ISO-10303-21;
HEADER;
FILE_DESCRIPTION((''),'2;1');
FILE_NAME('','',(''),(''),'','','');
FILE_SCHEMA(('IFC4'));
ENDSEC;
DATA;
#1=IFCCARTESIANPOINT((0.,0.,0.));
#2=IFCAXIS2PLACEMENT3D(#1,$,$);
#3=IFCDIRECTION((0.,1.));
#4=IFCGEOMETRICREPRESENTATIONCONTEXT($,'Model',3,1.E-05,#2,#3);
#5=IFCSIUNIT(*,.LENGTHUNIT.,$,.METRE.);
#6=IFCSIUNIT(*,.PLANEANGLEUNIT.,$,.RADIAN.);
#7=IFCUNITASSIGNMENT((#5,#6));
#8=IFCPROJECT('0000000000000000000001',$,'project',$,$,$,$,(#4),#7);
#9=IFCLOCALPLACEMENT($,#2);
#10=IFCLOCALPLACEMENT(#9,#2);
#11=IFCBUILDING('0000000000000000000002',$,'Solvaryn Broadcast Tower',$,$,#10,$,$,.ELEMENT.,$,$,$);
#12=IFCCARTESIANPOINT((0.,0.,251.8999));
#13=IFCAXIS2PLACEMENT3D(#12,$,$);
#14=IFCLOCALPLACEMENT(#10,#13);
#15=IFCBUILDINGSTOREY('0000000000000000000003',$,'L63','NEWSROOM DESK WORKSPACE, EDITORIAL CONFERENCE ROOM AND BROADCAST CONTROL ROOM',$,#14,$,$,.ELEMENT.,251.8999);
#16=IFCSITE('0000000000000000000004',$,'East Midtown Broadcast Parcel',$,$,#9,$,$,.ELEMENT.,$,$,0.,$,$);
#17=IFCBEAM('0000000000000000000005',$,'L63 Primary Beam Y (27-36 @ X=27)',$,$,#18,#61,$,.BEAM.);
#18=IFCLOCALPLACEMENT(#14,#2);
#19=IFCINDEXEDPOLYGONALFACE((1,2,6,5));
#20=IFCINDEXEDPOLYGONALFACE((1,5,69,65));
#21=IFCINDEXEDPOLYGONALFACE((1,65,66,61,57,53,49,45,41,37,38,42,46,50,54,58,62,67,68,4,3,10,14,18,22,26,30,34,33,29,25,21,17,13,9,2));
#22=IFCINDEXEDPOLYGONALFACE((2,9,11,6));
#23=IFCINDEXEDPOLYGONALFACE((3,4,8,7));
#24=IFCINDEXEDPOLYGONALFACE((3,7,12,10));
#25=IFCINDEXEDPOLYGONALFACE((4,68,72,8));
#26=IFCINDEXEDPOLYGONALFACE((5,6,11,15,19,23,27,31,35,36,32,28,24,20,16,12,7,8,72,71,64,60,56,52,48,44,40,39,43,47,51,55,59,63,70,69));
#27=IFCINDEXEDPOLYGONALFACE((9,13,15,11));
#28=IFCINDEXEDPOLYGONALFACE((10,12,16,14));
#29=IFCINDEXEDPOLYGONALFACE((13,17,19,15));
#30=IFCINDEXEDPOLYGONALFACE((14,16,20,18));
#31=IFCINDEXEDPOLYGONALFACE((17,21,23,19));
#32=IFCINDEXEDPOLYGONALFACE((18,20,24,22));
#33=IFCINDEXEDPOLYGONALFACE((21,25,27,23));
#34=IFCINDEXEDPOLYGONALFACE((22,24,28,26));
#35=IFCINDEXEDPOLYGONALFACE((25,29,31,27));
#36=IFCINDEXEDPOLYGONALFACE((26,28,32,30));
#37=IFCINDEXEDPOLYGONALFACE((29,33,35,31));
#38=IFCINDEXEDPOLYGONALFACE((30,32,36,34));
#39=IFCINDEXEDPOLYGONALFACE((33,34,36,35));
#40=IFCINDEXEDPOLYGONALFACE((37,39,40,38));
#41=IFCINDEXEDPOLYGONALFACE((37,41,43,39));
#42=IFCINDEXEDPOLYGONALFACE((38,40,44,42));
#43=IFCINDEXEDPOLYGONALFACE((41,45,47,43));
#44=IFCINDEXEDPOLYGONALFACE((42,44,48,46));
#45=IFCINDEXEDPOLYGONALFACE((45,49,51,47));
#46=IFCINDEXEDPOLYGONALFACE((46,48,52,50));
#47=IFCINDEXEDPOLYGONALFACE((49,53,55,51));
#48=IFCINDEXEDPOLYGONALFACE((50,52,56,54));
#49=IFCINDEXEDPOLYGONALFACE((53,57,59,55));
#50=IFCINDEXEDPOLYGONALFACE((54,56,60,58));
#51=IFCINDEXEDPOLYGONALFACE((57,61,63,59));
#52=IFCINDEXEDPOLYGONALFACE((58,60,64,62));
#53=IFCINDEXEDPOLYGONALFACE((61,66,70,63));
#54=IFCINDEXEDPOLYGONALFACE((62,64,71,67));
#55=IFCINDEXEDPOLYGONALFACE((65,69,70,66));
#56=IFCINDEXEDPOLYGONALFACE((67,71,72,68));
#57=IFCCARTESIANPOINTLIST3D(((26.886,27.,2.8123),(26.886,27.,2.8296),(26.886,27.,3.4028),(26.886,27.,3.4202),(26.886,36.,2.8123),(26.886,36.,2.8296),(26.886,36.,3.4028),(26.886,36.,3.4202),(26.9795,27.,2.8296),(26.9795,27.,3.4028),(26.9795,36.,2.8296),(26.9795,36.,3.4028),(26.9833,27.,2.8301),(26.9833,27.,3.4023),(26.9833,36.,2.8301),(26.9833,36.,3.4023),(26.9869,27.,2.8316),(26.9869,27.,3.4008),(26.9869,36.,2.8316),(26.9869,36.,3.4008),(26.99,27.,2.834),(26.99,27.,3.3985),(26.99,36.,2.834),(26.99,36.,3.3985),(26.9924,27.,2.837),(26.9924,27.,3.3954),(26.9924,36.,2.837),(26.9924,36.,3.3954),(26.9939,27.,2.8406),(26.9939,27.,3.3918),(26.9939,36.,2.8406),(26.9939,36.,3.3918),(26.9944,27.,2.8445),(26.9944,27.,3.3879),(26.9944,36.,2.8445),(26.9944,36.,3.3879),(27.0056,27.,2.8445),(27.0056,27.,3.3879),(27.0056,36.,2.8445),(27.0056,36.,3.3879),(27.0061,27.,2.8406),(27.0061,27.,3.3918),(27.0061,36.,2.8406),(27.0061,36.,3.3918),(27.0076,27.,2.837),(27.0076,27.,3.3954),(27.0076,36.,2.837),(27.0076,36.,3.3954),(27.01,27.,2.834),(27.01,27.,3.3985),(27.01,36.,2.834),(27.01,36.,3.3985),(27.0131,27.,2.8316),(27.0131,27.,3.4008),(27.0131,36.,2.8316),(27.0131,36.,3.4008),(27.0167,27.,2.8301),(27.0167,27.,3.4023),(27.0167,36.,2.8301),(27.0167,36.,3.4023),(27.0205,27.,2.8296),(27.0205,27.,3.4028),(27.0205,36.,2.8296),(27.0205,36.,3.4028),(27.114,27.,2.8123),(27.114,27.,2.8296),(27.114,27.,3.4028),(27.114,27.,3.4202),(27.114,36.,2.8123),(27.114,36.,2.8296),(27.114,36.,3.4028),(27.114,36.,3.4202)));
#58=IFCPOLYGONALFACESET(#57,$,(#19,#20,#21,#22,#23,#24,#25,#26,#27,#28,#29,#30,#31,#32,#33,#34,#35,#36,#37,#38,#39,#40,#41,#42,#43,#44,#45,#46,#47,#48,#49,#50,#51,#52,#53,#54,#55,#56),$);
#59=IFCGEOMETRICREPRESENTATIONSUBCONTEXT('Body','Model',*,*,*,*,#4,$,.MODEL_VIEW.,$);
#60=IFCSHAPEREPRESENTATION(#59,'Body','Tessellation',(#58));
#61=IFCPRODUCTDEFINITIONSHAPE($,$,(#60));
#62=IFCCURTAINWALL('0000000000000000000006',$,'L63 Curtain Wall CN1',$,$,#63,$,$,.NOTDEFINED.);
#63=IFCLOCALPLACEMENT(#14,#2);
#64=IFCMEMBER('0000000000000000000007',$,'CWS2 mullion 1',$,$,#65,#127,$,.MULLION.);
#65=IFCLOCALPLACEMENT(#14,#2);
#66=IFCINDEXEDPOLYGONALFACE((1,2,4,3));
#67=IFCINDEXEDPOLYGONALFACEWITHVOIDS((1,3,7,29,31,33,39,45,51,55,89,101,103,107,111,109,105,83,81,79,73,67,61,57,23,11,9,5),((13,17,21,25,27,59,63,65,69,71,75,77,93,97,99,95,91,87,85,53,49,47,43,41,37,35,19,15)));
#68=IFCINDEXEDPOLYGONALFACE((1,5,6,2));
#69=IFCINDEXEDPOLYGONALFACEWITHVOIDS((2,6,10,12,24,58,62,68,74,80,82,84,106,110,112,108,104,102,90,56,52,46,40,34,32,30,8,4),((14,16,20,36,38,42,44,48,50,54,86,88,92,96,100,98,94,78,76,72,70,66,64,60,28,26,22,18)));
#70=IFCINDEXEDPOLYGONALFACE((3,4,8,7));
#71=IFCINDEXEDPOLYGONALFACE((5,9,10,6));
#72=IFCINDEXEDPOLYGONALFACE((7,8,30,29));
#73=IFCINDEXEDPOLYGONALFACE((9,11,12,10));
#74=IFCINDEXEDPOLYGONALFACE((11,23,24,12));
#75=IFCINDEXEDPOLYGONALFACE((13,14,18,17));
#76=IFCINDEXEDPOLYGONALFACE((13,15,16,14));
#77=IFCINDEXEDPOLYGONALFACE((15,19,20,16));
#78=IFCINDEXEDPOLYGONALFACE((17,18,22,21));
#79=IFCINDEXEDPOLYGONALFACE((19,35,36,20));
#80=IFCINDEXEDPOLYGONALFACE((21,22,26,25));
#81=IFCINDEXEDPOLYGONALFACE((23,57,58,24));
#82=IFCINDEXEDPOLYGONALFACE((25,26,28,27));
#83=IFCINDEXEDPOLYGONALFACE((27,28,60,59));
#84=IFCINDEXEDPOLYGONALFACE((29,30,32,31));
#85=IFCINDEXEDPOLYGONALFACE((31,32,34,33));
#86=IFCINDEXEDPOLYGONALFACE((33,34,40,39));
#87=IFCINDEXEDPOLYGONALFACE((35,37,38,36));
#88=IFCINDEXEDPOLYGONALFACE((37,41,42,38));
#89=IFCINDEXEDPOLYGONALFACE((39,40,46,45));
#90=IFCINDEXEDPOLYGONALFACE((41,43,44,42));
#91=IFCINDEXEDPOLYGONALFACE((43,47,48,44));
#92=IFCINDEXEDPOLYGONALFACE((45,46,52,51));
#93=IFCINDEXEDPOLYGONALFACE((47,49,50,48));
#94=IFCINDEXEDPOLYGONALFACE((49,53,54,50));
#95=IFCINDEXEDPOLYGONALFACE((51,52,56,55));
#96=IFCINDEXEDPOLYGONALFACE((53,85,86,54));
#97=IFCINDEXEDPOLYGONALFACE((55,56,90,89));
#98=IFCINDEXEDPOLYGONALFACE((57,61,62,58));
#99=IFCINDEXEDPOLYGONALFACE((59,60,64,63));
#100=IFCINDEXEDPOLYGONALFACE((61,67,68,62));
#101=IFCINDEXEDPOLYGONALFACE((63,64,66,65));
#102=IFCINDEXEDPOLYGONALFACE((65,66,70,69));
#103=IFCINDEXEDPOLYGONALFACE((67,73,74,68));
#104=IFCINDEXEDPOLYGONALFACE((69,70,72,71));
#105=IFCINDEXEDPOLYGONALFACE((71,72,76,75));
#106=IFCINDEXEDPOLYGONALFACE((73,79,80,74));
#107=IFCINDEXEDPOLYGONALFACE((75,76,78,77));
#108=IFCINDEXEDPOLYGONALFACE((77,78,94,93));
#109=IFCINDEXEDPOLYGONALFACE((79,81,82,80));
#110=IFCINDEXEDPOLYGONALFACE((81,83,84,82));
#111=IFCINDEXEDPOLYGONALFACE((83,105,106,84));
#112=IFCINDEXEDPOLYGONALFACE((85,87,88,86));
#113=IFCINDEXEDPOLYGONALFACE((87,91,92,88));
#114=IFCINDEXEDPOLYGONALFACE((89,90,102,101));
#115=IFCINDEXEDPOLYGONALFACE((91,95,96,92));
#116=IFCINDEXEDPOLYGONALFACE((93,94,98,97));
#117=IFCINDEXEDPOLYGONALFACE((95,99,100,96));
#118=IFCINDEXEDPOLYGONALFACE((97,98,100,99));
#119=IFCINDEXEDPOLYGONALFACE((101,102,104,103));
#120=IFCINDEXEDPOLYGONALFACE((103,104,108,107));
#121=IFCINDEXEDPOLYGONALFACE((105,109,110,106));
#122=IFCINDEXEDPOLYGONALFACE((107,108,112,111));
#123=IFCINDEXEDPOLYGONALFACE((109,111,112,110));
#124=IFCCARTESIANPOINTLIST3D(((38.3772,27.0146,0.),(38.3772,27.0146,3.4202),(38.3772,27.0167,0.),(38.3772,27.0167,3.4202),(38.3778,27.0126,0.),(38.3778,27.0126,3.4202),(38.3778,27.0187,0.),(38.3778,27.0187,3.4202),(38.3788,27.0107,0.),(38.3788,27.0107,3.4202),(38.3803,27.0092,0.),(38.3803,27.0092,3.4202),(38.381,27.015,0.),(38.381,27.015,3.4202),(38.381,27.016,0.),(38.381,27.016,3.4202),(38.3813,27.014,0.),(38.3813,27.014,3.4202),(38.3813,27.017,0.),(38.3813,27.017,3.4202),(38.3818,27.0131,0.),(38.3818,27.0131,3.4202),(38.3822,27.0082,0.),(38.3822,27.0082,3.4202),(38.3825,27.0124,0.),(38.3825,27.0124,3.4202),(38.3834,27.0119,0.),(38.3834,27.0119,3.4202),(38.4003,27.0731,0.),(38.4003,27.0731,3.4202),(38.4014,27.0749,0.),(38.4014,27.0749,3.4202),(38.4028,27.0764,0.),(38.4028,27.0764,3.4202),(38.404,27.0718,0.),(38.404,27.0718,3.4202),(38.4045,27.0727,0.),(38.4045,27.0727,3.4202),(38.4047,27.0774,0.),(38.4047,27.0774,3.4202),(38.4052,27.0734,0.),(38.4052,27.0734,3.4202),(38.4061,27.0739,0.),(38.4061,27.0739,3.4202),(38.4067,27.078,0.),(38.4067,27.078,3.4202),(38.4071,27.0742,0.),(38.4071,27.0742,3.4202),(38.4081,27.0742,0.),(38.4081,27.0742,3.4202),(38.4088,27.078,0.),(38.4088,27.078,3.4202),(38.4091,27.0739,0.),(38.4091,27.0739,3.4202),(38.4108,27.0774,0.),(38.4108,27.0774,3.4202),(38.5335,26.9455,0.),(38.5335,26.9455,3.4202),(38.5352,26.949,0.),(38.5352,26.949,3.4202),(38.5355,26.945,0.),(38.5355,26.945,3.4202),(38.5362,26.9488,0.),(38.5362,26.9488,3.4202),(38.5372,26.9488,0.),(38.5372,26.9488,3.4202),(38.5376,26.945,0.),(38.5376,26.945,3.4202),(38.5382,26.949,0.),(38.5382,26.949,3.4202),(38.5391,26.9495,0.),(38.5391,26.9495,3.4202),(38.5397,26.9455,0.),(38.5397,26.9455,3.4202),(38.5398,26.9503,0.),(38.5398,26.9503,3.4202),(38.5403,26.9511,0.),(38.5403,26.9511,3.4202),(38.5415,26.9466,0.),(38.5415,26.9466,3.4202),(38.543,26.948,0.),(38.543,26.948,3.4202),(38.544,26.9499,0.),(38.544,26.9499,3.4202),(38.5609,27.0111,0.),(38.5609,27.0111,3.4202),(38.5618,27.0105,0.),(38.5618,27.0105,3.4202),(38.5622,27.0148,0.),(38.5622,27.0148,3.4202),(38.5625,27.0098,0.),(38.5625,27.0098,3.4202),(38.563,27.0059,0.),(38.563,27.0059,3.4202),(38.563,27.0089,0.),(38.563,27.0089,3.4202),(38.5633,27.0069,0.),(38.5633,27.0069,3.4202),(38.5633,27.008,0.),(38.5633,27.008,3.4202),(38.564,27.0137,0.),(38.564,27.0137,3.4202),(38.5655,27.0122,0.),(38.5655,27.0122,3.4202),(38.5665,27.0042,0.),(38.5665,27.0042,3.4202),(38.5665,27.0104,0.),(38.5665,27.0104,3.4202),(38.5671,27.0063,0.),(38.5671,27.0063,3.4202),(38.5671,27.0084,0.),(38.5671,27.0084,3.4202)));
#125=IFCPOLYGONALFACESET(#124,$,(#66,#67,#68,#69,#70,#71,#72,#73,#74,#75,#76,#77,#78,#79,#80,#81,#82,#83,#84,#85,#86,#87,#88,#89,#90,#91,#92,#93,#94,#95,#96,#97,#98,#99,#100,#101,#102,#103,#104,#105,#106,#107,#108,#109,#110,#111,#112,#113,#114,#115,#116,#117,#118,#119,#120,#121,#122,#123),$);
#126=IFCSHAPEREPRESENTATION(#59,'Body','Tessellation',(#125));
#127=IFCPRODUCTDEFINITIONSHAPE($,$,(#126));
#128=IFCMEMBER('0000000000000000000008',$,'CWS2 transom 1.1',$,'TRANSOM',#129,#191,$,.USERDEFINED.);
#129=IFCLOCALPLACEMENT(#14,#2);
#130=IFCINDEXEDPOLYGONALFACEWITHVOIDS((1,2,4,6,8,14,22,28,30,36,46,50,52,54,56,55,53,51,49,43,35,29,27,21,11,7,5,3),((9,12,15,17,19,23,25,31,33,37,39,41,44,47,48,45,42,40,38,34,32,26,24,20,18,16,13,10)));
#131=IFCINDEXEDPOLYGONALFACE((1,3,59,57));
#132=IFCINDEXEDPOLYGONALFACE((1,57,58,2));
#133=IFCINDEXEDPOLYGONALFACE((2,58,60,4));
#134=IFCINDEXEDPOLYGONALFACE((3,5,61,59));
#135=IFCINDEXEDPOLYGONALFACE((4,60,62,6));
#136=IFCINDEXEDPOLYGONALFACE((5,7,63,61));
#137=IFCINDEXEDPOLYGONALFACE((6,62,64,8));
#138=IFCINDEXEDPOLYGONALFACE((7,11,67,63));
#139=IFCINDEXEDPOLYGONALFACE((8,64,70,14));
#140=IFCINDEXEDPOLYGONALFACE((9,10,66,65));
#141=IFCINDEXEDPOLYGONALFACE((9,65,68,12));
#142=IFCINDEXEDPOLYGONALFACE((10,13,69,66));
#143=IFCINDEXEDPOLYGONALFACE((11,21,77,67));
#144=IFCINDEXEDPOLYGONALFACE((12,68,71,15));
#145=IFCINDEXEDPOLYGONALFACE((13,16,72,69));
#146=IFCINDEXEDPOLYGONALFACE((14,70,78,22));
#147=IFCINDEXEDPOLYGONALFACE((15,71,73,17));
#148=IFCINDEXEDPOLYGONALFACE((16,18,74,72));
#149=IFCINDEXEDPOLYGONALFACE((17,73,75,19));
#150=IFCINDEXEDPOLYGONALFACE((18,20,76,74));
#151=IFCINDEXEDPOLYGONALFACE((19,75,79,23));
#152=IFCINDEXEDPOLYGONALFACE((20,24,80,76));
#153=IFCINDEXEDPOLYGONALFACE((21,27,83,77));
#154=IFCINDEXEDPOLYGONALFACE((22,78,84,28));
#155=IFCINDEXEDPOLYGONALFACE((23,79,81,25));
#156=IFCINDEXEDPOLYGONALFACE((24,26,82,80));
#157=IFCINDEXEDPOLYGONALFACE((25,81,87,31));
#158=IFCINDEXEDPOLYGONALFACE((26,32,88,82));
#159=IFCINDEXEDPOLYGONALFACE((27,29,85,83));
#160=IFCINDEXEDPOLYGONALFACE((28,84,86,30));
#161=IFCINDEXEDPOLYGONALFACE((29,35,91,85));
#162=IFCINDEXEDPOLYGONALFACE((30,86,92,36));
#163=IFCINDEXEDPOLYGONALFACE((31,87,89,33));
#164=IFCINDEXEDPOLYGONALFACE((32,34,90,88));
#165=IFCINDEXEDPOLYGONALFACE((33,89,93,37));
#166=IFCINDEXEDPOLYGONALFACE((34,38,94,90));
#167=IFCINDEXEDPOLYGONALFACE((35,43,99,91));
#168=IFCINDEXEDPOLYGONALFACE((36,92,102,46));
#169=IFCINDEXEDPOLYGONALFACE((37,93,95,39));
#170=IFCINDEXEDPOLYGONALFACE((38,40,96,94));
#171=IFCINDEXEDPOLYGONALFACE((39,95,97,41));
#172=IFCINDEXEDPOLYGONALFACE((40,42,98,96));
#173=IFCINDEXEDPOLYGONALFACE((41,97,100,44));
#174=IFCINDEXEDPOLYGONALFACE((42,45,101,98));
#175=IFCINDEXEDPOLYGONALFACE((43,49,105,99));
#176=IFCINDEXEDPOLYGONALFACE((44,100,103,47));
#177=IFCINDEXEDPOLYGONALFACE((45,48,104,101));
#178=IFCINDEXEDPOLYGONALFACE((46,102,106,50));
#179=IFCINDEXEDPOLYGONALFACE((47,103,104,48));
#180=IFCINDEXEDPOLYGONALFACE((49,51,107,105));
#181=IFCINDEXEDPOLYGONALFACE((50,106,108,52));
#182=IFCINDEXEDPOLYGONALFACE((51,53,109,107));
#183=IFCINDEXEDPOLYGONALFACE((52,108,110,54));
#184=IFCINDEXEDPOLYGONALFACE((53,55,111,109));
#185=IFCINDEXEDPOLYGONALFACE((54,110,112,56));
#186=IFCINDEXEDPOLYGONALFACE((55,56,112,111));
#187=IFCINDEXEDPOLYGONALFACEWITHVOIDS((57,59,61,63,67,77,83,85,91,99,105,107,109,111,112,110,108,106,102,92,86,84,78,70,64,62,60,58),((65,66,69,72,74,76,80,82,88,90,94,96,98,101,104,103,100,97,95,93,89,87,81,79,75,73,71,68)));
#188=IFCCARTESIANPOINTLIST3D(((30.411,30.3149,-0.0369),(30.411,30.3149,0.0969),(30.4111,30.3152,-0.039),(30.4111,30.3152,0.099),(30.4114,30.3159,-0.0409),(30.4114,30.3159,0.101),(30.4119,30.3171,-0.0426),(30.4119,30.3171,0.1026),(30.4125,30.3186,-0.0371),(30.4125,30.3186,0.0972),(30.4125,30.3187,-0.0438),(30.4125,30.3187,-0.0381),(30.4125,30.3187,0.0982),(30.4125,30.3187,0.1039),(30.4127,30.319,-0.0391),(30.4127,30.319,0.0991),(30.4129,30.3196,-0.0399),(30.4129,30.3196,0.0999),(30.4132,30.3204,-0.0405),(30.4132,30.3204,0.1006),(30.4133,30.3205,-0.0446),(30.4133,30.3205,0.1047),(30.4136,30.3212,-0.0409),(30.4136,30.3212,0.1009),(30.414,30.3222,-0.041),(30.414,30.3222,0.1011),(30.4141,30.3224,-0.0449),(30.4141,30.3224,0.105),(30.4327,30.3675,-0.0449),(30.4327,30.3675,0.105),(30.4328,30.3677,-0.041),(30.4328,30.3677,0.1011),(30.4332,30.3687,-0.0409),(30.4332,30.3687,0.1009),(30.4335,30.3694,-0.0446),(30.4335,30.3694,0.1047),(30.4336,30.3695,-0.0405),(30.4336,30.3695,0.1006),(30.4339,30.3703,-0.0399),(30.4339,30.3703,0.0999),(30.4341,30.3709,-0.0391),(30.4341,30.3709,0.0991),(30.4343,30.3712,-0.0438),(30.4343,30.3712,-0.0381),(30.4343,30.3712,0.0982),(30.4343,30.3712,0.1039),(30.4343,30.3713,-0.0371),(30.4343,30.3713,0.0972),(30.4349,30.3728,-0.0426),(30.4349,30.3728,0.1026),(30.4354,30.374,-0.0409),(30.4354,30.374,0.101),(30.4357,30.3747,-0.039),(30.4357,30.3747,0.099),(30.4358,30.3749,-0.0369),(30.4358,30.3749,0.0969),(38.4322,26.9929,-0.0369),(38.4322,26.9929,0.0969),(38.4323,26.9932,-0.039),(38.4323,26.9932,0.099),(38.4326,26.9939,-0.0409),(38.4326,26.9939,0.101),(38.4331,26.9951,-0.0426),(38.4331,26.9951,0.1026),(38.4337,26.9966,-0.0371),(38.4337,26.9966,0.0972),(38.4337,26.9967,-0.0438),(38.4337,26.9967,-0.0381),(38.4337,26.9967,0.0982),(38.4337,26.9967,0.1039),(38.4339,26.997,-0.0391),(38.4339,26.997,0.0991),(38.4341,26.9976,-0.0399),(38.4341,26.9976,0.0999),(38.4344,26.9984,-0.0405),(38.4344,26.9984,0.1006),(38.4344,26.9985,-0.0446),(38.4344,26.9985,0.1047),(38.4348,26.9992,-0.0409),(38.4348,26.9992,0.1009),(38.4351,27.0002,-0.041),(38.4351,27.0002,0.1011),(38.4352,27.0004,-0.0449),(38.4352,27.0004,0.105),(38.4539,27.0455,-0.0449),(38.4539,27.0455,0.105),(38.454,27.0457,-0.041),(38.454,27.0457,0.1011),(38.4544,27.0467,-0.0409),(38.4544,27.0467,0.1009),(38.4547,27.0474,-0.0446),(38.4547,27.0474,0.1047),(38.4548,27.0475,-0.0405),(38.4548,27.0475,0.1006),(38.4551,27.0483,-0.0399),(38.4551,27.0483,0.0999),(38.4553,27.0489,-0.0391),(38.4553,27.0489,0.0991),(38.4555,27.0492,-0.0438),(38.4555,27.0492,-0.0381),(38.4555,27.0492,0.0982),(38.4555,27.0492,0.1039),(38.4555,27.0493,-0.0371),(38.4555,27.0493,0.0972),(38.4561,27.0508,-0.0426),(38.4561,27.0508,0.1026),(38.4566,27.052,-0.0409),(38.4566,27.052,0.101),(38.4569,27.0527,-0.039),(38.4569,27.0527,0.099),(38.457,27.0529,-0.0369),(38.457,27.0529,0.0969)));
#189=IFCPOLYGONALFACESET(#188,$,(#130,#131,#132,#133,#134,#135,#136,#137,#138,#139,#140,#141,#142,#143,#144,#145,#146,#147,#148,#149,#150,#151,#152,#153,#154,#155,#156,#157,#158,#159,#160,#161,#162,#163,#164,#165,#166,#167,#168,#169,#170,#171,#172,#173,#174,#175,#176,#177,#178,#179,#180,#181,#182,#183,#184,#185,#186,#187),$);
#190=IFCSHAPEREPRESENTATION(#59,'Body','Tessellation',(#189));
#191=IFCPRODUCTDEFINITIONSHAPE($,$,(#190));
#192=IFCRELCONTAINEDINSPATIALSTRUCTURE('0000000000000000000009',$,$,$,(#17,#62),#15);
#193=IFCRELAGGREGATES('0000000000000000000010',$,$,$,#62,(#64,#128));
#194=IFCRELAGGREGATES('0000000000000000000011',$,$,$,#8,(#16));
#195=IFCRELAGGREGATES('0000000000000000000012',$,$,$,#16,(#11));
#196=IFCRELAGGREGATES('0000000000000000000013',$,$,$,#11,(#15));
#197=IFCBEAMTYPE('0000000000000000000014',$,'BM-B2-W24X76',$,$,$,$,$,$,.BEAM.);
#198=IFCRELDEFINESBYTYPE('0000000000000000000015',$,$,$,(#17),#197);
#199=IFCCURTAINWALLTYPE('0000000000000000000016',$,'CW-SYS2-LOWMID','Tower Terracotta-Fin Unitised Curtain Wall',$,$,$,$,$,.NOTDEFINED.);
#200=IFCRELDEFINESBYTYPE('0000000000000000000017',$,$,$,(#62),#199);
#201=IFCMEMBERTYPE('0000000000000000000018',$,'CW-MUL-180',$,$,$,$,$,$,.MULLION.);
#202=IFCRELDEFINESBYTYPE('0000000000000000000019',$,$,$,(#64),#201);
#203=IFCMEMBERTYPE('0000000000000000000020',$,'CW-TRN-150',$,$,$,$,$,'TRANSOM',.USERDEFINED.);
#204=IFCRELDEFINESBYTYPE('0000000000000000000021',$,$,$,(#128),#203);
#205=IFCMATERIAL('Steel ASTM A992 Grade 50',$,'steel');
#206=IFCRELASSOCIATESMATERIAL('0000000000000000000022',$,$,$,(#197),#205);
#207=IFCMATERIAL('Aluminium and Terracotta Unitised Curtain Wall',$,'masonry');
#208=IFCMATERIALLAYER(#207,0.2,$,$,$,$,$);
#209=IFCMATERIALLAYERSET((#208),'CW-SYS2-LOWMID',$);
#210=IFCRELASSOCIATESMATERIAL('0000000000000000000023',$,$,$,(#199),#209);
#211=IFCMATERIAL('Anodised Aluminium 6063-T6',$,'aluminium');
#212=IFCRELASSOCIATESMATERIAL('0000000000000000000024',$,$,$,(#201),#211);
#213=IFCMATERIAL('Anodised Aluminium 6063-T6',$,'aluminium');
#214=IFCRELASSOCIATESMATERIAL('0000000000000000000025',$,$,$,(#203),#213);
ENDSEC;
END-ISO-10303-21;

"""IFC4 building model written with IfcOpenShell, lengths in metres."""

from ifc_helpers import new_model, si_unit, direction, frame, origin, origin_2d, place, context, subcontext, project, spatial, hollow_rectangle, i_section, extrude, material, layer, layer_set, material_profile, profile_set, type_object, element, aggregate, save


model = new_model("IFC4")

# Units and contexts
model_context = context("Model", 3, precision=1e-05, world=origin(), true_north=direction((0.0, 1.0)))
body_context = subcontext(model_context, "Body", "Model", "MODEL_VIEW")
ifc_project = project(units=[si_unit("LENGTHUNIT", "METRE"), si_unit("PLANEANGLEUNIT", "RADIAN")], contexts=[model_context])

# Site, building, storey
site_placement = place(None, origin())
site = spatial("IfcSite", under=ifc_project, at=site_placement, Name="East Midtown Broadcast Parcel", CompositionType="ELEMENT", RefElevation=0.0)
building_placement = place(site_placement, origin())
building = spatial("IfcBuilding", under=site, at=building_placement, Name="Solvaryn Broadcast Tower", CompositionType="ELEMENT")
storey_placement = place(building_placement, frame((0.0, 0.0, 251.8999)))
storey = spatial("IfcBuildingStorey", under=building, at=storey_placement, Name="L63", Description="NEWSROOM DESK WORKSPACE, EDITORIAL CONFERENCE ROOM AND BROADCAST CONTROL ROOM", CompositionType="ELEMENT", Elevation=251.8999)

# Beam
ifc_material_1 = material(Name="Steel ASTM A992 Grade 50", Category="steel")
ifc_material_profile_1 = material_profile(ifc_material_1, i_section(OverallWidth=0.228, OverallDepth=0.6079, WebThickness=0.0112, FlangeThickness=0.0173, FilletRadius=0.0149, at=origin_2d()))
ifc_profile_set_1 = profile_set([ifc_material_profile_1], Name="Steel ASTM A992 Grade 50")
beam_type_1 = type_object("IfcBeamType", Name="BM-B2-W24X76", PredefinedType="BEAM", material=ifc_profile_set_1)
beam_1_placement = place(storey_placement, frame((27.0, 27.0, 3.1162), z_axis=(0.0, 1.0, 0.0), x_axis=(-1.0, 0.0, 0.0)))
element("IfcBeam", 1, at=beam_1_placement, inside=storey, type_object=beam_type_1, Name="L63 Primary Beam Y (27-36 @ X=27)", PredefinedType="BEAM", context=body_context, shape_type="SweptSolid", body=[
    extrude(i_section(OverallWidth=0.228, OverallDepth=0.6079, WebThickness=0.0112, FlangeThickness=0.0173, FilletRadius=0.0149, at=origin_2d()), origin(), (0.0, 0.0, 1.0), 9.0),
])

# Curtain wall, members
ifc_material_2 = material(Name="Aluminium and Terracotta Unitised Curtain Wall", Category="masonry")
ifc_layer_1 = layer(ifc_material_2, 0.2)
ifc_layer_set_1 = layer_set([ifc_layer_1], Name="CW-SYS2-LOWMID")
curtain_wall_type = type_object("IfcCurtainWallType", Name="CW-SYS2-LOWMID", Description="Tower Terracotta-Fin Unitised Curtain Wall", PredefinedType="NOTDEFINED", material=ifc_layer_set_1)
curtain_wall_placement = place(storey_placement, origin())
curtain_wall = element("IfcCurtainWall", 2, at=curtain_wall_placement, inside=storey, type_object=curtain_wall_type, Name="L63 Curtain Wall CN1", PredefinedType="NOTDEFINED")
ifc_material_3 = material(Name="Anodised Aluminium 6063-T6", Category="aluminium")
ifc_material_profile_2 = material_profile(ifc_material_3, hollow_rectangle(XDim=0.075, YDim=0.1799, WallThickness=0.0039, InnerFilletRadius=0.0039, OuterFilletRadius=0.0081, at=origin_2d()))
ifc_profile_set_2 = profile_set([ifc_material_profile_2], Name="Anodised Aluminium 6063-T6")
member_type_1 = type_object("IfcMemberType", Name="CW-MUL-180", PredefinedType="MULLION", material=ifc_profile_set_2)
member_1_placement = place(storey_placement, frame((38.4722, 27.0115, 0.0), z_axis=(0.0, 0.0, 1.0), x_axis=(-0.382646, -0.923895, 0.0)))
member_1 = element("IfcMember", 3, at=member_1_placement, type_object=member_type_1, Name="CWS2 mullion 1", PredefinedType="MULLION", context=body_context, shape_type="SweptSolid", body=[
    extrude(hollow_rectangle(XDim=0.075, YDim=0.1799, WallThickness=0.0039, InnerFilletRadius=0.0039, OuterFilletRadius=0.0081, at=origin_2d()), origin(), (0.0, 0.0, 1.0), 3.4202),
])
ifc_material_4 = material(Name="Anodised Aluminium 6063-T6", Category="aluminium")
ifc_material_profile_3 = material_profile(ifc_material_4, hollow_rectangle(XDim=0.0649, YDim=0.1499, WallThickness=0.0039, InnerFilletRadius=0.0039, OuterFilletRadius=0.0081, at=origin_2d()))
ifc_profile_set_3 = profile_set([ifc_material_profile_3], Name="Anodised Aluminium 6063-T6")
member_type_2 = type_object("IfcMemberType", Name="CW-TRN-150", ElementType="TRANSOM", PredefinedType="USERDEFINED", material=ifc_profile_set_3)
member_2_placement = place(storey_placement, frame((38.4446, 27.0229, 0.03), z_axis=(-0.923899, 0.382636, 0.0), x_axis=(-0.382636, -0.923899, 0.0)))
member_2 = element("IfcMember", 4, at=member_2_placement, type_object=member_type_2, Name="CWS2 transom 1.1", ObjectType="TRANSOM", PredefinedType="USERDEFINED", context=body_context, shape_type="SweptSolid", body=[
    extrude(hollow_rectangle(XDim=0.0649, YDim=0.1499, WallThickness=0.0039, InnerFilletRadius=0.0039, OuterFilletRadius=0.0081, at=origin_2d()), origin(), (0.0, 0.0, 1.0), 8.6819),
])
aggregate(curtain_wall, [member_1, member_2])

save(model, "model.ifc")
